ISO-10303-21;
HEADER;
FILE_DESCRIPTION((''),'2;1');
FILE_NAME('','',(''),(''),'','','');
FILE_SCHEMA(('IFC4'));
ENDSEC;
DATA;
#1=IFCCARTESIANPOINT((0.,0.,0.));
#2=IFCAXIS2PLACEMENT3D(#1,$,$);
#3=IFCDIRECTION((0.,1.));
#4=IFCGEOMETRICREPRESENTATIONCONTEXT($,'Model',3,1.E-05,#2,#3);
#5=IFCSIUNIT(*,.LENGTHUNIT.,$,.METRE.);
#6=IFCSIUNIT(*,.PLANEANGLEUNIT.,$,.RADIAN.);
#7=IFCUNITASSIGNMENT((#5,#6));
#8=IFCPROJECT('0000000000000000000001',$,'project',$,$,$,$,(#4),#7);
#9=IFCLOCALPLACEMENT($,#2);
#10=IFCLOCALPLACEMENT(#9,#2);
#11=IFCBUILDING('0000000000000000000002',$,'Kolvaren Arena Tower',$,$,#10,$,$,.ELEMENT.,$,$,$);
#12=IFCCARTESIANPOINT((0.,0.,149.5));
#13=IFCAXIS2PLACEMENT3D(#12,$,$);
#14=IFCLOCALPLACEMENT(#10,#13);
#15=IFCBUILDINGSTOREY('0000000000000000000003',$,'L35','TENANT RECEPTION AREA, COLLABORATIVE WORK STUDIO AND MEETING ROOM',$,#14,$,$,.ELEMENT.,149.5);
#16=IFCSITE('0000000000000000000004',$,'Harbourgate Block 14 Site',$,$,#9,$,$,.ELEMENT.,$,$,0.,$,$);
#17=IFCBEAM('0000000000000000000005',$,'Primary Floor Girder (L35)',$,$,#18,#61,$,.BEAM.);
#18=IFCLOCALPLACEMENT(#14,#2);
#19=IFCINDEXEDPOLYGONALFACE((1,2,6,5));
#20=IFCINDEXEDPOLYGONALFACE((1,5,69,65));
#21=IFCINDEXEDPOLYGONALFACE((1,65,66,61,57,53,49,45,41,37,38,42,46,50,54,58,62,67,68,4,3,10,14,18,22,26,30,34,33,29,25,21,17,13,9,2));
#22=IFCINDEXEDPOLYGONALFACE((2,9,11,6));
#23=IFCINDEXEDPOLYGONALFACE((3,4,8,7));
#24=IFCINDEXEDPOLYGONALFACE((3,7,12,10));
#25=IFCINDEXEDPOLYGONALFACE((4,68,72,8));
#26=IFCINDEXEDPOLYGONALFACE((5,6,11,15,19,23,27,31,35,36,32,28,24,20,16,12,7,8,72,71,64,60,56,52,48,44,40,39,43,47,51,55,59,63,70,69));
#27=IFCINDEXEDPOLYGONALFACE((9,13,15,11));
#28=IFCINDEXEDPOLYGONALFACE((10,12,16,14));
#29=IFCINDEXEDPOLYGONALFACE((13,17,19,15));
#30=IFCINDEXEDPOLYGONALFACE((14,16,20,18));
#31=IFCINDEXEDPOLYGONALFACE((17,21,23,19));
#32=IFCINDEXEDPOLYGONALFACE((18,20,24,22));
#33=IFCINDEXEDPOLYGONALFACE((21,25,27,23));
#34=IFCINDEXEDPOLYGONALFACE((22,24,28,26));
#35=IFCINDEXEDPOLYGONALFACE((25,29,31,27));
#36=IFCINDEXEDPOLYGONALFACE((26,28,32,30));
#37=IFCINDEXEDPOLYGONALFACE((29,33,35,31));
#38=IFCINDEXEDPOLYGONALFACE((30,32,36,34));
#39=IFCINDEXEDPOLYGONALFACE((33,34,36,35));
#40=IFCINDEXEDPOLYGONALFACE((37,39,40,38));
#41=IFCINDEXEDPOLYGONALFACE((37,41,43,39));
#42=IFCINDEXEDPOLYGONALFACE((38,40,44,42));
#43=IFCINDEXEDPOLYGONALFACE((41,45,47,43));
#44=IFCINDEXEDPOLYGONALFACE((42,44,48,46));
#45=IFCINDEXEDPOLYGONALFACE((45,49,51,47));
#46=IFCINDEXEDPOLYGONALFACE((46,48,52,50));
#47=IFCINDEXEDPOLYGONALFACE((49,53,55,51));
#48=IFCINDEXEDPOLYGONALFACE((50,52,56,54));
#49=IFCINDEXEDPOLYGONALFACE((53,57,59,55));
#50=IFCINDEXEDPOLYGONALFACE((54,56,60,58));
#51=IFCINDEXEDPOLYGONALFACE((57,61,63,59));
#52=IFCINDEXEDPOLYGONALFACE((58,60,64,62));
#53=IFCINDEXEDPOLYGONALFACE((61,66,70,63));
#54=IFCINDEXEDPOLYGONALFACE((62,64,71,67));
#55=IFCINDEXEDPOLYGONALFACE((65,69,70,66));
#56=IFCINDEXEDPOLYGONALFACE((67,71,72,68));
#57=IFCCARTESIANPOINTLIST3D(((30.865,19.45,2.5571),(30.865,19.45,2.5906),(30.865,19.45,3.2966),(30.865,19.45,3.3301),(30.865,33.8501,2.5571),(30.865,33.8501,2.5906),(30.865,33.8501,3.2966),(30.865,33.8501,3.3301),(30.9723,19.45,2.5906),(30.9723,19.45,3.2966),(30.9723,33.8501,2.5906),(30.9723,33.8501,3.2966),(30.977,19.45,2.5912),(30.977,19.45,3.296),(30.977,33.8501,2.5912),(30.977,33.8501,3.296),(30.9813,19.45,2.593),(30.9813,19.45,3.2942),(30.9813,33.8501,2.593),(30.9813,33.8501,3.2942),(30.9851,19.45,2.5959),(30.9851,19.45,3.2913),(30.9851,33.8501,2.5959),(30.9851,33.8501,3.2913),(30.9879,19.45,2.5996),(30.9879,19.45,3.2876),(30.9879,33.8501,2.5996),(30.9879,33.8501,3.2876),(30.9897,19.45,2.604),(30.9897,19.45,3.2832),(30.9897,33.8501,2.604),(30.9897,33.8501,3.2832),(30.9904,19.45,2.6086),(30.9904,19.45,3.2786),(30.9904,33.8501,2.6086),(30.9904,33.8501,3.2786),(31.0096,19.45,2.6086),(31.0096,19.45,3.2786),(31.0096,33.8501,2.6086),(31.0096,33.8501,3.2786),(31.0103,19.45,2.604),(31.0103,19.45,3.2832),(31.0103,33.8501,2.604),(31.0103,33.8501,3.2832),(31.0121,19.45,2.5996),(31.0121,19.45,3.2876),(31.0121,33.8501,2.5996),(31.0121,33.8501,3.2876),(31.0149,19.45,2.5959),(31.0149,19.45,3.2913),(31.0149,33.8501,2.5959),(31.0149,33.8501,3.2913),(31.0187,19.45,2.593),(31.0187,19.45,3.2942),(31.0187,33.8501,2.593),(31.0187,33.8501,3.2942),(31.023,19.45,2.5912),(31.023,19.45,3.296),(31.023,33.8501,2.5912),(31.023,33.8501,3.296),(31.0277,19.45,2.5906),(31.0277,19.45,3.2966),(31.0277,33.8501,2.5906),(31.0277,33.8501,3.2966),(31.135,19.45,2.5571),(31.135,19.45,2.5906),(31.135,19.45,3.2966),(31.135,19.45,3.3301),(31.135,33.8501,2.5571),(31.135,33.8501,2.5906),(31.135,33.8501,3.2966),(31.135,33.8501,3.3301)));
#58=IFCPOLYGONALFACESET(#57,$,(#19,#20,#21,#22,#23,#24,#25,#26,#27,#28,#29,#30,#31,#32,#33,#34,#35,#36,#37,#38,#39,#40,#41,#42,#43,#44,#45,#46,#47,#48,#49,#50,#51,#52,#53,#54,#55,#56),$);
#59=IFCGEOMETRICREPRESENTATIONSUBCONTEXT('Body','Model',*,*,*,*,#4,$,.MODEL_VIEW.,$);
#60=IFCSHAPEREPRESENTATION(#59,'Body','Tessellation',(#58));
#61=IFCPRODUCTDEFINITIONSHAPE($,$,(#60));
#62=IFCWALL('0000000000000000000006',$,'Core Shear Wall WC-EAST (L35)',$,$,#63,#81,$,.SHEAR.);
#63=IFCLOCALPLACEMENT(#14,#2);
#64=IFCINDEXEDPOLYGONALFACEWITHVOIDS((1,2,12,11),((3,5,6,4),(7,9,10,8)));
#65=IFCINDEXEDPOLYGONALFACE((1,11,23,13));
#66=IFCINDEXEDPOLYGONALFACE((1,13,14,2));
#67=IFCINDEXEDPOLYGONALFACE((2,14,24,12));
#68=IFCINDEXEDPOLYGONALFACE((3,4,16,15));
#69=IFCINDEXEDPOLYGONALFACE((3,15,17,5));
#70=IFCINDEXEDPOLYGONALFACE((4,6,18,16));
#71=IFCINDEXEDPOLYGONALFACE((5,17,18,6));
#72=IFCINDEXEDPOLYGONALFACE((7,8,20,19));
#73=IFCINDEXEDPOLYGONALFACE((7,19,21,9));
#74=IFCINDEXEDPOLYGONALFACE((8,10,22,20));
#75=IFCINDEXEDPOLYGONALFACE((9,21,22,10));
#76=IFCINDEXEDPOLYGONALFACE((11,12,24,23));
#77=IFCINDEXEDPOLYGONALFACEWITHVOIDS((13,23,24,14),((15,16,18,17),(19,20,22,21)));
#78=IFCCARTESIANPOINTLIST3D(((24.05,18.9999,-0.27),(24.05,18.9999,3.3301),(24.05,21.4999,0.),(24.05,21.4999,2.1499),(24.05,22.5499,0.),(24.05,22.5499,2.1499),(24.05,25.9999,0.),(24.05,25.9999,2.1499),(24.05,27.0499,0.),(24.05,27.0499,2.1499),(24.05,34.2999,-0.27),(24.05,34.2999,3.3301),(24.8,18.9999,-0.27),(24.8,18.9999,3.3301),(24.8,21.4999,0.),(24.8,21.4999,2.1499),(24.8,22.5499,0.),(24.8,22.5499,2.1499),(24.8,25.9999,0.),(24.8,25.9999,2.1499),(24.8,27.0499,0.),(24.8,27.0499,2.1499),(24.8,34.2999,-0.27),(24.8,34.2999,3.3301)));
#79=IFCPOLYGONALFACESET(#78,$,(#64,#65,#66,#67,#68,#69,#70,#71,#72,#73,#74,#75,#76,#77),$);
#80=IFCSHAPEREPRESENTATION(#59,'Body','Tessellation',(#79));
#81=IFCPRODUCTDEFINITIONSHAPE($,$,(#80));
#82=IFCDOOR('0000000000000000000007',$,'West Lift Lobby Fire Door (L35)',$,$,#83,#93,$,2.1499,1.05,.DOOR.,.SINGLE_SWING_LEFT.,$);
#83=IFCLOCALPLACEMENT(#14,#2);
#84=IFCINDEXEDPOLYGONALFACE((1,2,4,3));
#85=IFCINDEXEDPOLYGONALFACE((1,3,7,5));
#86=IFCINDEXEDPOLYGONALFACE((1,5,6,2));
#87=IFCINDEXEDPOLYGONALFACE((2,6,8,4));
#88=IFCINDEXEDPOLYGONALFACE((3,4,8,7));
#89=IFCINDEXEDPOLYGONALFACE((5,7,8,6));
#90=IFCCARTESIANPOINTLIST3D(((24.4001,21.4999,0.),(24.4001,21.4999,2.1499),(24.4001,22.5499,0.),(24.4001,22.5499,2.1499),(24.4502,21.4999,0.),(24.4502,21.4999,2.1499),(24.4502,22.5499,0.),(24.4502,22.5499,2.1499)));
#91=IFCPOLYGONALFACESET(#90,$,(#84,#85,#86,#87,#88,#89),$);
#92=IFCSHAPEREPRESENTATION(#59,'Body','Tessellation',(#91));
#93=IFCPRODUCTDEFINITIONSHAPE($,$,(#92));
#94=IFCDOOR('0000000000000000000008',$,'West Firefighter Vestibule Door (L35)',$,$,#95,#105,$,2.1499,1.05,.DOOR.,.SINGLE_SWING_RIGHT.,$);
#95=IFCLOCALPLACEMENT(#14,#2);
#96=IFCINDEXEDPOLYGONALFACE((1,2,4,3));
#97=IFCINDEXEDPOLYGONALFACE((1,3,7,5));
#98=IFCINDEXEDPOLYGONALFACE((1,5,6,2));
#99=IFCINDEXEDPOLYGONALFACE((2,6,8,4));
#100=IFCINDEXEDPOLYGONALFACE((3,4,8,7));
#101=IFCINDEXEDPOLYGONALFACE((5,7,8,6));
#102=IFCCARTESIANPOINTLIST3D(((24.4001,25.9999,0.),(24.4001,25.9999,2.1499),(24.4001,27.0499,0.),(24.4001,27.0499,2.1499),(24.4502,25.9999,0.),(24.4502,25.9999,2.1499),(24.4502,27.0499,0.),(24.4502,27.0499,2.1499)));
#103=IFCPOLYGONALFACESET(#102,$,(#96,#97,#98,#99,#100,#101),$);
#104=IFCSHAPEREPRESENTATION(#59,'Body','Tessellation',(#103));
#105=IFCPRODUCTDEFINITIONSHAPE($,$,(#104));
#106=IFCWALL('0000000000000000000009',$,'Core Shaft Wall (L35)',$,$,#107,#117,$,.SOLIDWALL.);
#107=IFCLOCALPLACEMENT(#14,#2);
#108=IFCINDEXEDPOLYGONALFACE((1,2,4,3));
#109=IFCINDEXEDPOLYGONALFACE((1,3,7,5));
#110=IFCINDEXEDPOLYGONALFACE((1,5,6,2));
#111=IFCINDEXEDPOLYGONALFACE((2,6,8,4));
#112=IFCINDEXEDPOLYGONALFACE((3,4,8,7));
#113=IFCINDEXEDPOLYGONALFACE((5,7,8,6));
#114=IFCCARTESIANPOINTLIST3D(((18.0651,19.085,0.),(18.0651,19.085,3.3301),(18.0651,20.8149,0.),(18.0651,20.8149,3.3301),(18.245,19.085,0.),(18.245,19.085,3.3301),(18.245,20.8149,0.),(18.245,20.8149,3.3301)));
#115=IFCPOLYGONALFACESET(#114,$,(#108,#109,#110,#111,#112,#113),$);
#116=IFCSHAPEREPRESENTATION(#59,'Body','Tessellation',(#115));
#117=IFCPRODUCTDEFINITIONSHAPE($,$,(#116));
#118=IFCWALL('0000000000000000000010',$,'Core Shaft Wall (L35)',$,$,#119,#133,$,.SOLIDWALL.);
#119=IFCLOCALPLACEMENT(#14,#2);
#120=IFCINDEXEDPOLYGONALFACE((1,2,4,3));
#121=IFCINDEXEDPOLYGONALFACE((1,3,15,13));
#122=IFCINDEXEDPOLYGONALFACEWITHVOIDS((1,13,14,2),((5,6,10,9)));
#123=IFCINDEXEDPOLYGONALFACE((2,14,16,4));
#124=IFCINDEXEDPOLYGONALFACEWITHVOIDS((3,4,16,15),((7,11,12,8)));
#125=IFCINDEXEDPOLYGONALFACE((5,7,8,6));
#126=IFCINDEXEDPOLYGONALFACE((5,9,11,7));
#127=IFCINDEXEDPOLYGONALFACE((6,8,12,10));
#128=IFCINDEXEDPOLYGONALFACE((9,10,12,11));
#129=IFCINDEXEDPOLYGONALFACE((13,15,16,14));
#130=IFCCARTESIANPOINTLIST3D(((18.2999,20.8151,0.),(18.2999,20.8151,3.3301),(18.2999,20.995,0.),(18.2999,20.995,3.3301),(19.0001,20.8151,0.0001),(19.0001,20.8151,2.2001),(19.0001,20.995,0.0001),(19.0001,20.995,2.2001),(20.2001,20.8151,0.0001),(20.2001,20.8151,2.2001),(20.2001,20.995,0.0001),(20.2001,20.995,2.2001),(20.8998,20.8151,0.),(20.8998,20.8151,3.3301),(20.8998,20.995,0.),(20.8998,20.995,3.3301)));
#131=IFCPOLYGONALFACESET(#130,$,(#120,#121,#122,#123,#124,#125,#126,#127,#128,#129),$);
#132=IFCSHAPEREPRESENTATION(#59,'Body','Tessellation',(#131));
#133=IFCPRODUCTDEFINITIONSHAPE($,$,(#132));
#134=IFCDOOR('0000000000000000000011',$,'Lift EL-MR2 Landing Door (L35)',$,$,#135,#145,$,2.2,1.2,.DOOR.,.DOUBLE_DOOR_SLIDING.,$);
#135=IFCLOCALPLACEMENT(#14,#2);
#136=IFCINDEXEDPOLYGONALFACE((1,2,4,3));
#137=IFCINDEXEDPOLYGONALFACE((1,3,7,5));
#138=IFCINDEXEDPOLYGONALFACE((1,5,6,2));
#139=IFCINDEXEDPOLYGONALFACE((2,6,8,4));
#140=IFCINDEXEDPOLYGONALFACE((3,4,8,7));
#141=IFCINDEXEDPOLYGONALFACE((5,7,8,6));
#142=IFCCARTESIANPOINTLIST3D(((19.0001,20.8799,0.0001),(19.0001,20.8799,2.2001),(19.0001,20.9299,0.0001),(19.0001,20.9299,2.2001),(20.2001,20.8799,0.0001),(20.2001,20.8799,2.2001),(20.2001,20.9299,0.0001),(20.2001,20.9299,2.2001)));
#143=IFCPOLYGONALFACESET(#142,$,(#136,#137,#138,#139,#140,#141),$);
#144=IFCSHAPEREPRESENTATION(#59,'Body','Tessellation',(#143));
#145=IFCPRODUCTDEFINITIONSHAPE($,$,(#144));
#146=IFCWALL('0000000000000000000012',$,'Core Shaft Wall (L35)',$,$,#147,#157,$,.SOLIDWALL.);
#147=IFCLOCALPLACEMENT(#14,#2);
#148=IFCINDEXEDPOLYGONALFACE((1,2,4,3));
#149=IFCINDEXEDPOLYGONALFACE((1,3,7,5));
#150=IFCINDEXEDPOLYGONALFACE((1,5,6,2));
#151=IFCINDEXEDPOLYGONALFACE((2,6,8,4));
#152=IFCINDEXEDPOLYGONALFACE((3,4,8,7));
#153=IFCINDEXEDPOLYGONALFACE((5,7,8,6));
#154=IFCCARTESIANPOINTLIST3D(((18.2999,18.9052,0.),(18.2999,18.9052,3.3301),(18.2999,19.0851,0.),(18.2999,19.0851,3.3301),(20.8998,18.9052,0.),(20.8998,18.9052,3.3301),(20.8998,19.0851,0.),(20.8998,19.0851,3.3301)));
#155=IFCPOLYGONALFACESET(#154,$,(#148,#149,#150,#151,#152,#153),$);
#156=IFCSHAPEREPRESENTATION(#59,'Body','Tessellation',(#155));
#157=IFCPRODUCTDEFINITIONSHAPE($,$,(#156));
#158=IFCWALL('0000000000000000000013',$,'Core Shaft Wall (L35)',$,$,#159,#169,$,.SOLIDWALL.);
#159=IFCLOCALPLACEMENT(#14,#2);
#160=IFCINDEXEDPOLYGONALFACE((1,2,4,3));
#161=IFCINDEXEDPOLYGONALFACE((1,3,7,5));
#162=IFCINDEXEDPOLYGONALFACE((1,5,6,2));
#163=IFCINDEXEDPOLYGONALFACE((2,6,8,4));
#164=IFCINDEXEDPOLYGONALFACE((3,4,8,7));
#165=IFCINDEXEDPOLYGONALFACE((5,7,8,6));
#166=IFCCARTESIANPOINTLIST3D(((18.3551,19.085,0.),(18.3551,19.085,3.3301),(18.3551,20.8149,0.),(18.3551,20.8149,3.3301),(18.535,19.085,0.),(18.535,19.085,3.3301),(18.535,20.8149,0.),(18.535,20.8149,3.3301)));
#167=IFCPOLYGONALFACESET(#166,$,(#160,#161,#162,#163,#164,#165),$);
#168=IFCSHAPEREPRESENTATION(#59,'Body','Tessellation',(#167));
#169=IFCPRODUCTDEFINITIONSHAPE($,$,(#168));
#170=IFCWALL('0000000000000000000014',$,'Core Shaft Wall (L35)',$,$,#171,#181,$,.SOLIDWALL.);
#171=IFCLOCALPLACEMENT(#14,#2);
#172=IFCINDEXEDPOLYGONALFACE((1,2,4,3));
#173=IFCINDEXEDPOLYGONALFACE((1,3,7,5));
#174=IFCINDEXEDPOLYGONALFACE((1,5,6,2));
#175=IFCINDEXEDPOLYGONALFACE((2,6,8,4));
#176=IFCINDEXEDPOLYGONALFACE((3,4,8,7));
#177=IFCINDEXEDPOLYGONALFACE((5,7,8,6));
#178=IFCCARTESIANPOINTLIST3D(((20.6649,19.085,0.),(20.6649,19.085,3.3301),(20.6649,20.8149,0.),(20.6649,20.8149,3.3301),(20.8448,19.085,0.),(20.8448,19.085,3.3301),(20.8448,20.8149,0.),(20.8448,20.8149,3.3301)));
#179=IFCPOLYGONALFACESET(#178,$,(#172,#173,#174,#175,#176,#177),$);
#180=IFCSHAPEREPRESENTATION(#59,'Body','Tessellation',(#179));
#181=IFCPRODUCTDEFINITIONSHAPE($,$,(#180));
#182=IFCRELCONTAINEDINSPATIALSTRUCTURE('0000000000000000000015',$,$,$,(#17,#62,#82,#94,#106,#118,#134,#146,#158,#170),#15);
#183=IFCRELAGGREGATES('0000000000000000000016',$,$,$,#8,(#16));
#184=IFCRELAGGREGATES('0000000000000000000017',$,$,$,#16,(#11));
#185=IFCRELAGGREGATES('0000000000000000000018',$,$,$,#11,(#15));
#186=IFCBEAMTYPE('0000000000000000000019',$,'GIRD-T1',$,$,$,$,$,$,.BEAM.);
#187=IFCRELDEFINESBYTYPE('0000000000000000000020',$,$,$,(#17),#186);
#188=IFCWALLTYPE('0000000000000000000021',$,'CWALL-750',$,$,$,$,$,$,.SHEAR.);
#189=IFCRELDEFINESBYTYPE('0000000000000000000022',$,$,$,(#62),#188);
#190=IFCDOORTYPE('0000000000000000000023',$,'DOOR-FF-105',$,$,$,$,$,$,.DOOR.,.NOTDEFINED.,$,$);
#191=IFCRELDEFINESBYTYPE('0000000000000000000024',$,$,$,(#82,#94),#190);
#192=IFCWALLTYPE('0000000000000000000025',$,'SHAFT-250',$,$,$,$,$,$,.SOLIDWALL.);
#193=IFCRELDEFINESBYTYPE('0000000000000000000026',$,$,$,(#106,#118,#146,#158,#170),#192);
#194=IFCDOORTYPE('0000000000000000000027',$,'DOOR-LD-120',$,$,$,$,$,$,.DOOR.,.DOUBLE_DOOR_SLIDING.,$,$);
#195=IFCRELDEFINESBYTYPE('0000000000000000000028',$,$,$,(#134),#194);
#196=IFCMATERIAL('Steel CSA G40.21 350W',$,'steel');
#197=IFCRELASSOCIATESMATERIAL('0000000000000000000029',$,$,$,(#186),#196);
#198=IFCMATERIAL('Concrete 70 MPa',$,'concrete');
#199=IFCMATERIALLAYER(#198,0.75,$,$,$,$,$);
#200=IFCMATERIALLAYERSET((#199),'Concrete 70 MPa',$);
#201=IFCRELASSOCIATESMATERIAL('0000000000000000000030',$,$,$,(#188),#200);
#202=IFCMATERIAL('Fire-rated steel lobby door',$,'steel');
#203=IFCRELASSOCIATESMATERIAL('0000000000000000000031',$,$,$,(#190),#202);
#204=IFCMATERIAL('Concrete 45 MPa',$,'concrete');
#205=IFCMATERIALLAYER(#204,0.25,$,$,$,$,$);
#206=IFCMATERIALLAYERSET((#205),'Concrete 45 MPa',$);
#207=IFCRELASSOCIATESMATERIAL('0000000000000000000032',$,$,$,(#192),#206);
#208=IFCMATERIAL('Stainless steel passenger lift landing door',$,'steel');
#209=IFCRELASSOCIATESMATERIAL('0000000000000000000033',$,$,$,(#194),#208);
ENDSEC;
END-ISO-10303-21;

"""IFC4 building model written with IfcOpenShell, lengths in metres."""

from ifc_helpers import new_model, si_unit, direction, frame, frame_2d, origin, origin_2d, place, context, subcontext, project, spatial, rectangle, i_section, extrude, material, layer, layer_set, material_profile, profile_set, type_object, element, fill, save


model = new_model("IFC4")

# Units and contexts
model_context = context("Model", 3, precision=1e-05, world=origin(), true_north=direction((0.0, 1.0)))
body_context = subcontext(model_context, "Body", "Model", "MODEL_VIEW")
ifc_project = project(units=[si_unit("LENGTHUNIT", "METRE"), si_unit("PLANEANGLEUNIT", "RADIAN")], contexts=[model_context])

# Site, building, storey
site_placement = place(None, origin())
site = spatial("IfcSite", under=ifc_project, at=site_placement, Name="Harbourgate Block 14 Site", CompositionType="ELEMENT", RefElevation=0.0)
building_placement = place(site_placement, origin())
building = spatial("IfcBuilding", under=site, at=building_placement, Name="Kolvaren Arena Tower", CompositionType="ELEMENT")
storey_placement = place(building_placement, frame((0.0, 0.0, 149.5)))
storey = spatial("IfcBuildingStorey", under=building, at=storey_placement, Name="L35", Description="TENANT RECEPTION AREA, COLLABORATIVE WORK STUDIO AND MEETING ROOM", CompositionType="ELEMENT", Elevation=149.5)

# Beam
ifc_material_1 = material(Name="Steel CSA G40.21 350W", Category="steel")
ifc_material_profile_1 = material_profile(ifc_material_1, i_section(OverallWidth=0.27, OverallDepth=0.7729, WebThickness=0.0193, FlangeThickness=0.0334, FilletRadius=0.0181, at=origin_2d()), Name="W760x257")
ifc_profile_set_1 = profile_set([ifc_material_profile_1], Name="Steel CSA G40.21 350W")
beam_type = type_object("IfcBeamType", Name="GIRD-T1", PredefinedType="BEAM", material=ifc_profile_set_1)
beam_1_placement = place(storey_placement, frame((31.0, 19.45, 2.9436), z_axis=(0.0, 1.0, 0.0), x_axis=(-1.0, 0.0, 0.0)))
element("IfcBeam", 1, at=beam_1_placement, inside=storey, type_object=beam_type, Name="Primary Floor Girder (L35)", PredefinedType="BEAM", context=body_context, shape_type="SweptSolid", body=[
    extrude(i_section(OverallWidth=0.27, OverallDepth=0.7729, WebThickness=0.0193, FlangeThickness=0.0334, FilletRadius=0.0181, at=origin_2d()), origin(), (0.0, 0.0, 1.0), 14.4001),
])

# Wall, openings, doors
ifc_material_2 = material(Name="Concrete 70 MPa", Category="concrete")
ifc_layer_1 = layer(ifc_material_2, 0.75)
ifc_layer_set_1 = layer_set([ifc_layer_1], Name="Concrete 70 MPa")
wall_type_1 = type_object("IfcWallType", Name="CWALL-750", PredefinedType="SHEAR", material=ifc_layer_set_1)
wall_1_placement = place(storey_placement, frame((24.425, 19.0, -0.27), z_axis=(0.0, 0.0, 1.0), x_axis=(0.0, 1.0, 0.0)))
wall_1 = element("IfcWall", 2, at=wall_1_placement, inside=storey, type_object=wall_type_1, Name="Core Shear Wall WC-EAST (L35)", PredefinedType="SHEAR", context=body_context, shape_type="SweptSolid", body=[
    extrude(rectangle(XDim=15.3, YDim=0.75, at=frame_2d((7.6499, 0.0))), origin(), (0.0, 0.0, 1.0), 3.6001),
])
opening_1_placement = place(wall_1_placement, frame((2.5, 0.0, 0.27)))
opening_1 = element("IfcOpeningElement", 3, at=opening_1_placement, cuts=wall_1, PredefinedType="OPENING", context=body_context, shape_type="SweptSolid", body=[
    extrude(rectangle(XDim=1.05, YDim=2.1499, at=frame_2d((0.5249, 1.075))), frame((0.0, 0.385, 0.0), z_axis=(0.0, -1.0, 0.0), x_axis=(1.0, 0.0, 0.0)), (0.0, 0.0, 1.0), 0.77),
])
opening_2_placement = place(wall_1_placement, frame((7.0, 0.0, 0.27)))
opening_2 = element("IfcOpeningElement", 4, at=opening_2_placement, cuts=wall_1, PredefinedType="OPENING", context=body_context, shape_type="SweptSolid", body=[
    extrude(rectangle(XDim=1.05, YDim=2.1499, at=frame_2d((0.5249, 1.075))), frame((0.0, 0.385, 0.0), z_axis=(0.0, -1.0, 0.0), x_axis=(1.0, 0.0, 0.0)), (0.0, 0.0, 1.0), 0.77),
])
ifc_material_3 = material(Name="Fire-rated steel lobby door", Category="steel")
door_type_1 = type_object("IfcDoorType", Name="DOOR-FF-105", OperationType="NOTDEFINED", PredefinedType="DOOR", material=ifc_material_3)
door_1_placement = place(opening_1_placement, origin())
door_1 = element("IfcDoor", 5, at=door_1_placement, inside=storey, type_object=door_type_1, Name="West Lift Lobby Fire Door (L35)", OperationType="SINGLE_SWING_LEFT", OverallHeight=2.1499, OverallWidth=1.05, PredefinedType="DOOR", context=body_context, shape_type="SweptSolid", body=[
    extrude(rectangle(XDim=1.05, YDim=2.1499, at=frame_2d((0.5249, 1.075))), frame((0.0, 0.0249, 0.0), z_axis=(0.0, -1.0, 0.0), x_axis=(1.0, 0.0, 0.0)), (0.0, 0.0, 1.0), 0.05),
])
fill(opening_1, door_1)
door_2_placement = place(opening_2_placement, origin())
door_2 = element("IfcDoor", 6, at=door_2_placement, inside=storey, type_object=door_type_1, Name="West Firefighter Vestibule Door (L35)", OperationType="SINGLE_SWING_RIGHT", OverallHeight=2.1499, OverallWidth=1.05, PredefinedType="DOOR", context=body_context, shape_type="SweptSolid", body=[
    extrude(rectangle(XDim=1.05, YDim=2.1499, at=frame_2d((0.5249, 1.075))), frame((0.0, 0.0249, 0.0), z_axis=(0.0, -1.0, 0.0), x_axis=(1.0, 0.0, 0.0)), (0.0, 0.0, 1.0), 0.05),
])
fill(opening_2, door_2)

# Wall
ifc_material_4 = material(Name="Concrete 45 MPa", Category="concrete")
ifc_layer_2 = layer(ifc_material_4, 0.25)
ifc_layer_set_2 = layer_set([ifc_layer_2], Name="Concrete 45 MPa")
wall_type_2 = type_object("IfcWallType", Name="SHAFT-250", PredefinedType="SOLIDWALL", material=ifc_layer_set_2)
wall_2_placement = place(storey_placement, frame((18.155, 19.085, 0.0), z_axis=(0.0, 0.0, 1.0), x_axis=(0.0, 1.0, 0.0)))
element("IfcWall", 7, at=wall_2_placement, inside=storey, type_object=wall_type_2, Name="Core Shaft Wall (L35)", PredefinedType="SOLIDWALL", context=body_context, shape_type="SweptSolid", body=[
    extrude(rectangle(XDim=1.73, YDim=0.1799, at=frame_2d((0.865, 0.0))), origin(), (0.0, 0.0, 1.0), 3.3301),
])

# Wall, opening, door
wall_3_placement = place(storey_placement, frame((18.3, 20.905, 0.0), z_axis=(0.0, 0.0, 1.0), x_axis=(1.0, 0.0, 0.0)))
wall_3 = element("IfcWall", 8, at=wall_3_placement, inside=storey, type_object=wall_type_2, Name="Core Shaft Wall (L35)", PredefinedType="SOLIDWALL", context=body_context, shape_type="SweptSolid", body=[
    extrude(rectangle(XDim=2.5999, YDim=0.1799, at=frame_2d((1.2998, 0.0))), origin(), (0.0, 0.0, 1.0), 3.3301),
])
opening_3_placement = place(wall_3_placement, frame((0.7, 0.0, 0.0)))
opening_3 = element("IfcOpeningElement", 9, at=opening_3_placement, cuts=wall_3, PredefinedType="OPENING", context=body_context, shape_type="SweptSolid", body=[
    extrude(rectangle(XDim=1.2, YDim=2.2, at=frame_2d((0.6001, 1.1001))), frame((0.0, 0.0999, 0.0), z_axis=(0.0, -1.0, 0.0), x_axis=(1.0, 0.0, 0.0)), (0.0, 0.0, 1.0), 0.2),
])
ifc_material_5 = material(Name="Stainless steel passenger lift landing door", Category="steel")
door_type_2 = type_object("IfcDoorType", Name="DOOR-LD-120", OperationType="DOUBLE_DOOR_SLIDING", PredefinedType="DOOR", material=ifc_material_5)
door_3_placement = place(opening_3_placement, origin())
door_3 = element("IfcDoor", 10, at=door_3_placement, inside=storey, type_object=door_type_2, Name="Lift EL-MR2 Landing Door (L35)", OperationType="DOUBLE_DOOR_SLIDING", OverallHeight=2.2, OverallWidth=1.2, PredefinedType="DOOR", context=body_context, shape_type="SweptSolid", body=[
    extrude(rectangle(XDim=1.2, YDim=2.2, at=frame_2d((0.6001, 1.1001))), frame((0.0, 0.0249, 0.0), z_axis=(0.0, -1.0, 0.0), x_axis=(1.0, 0.0, 0.0)), (0.0, 0.0, 1.0), 0.05),
])
fill(opening_3, door_3)

# Walls
wall_4_placement = place(storey_placement, frame((18.3, 18.9951, 0.0), z_axis=(0.0, 0.0, 1.0), x_axis=(1.0, 0.0, 0.0)))
element("IfcWall", 11, at=wall_4_placement, inside=storey, type_object=wall_type_2, Name="Core Shaft Wall (L35)", PredefinedType="SOLIDWALL", context=body_context, shape_type="SweptSolid", body=[
    extrude(rectangle(XDim=2.5999, YDim=0.1799, at=frame_2d((1.2998, 0.0))), origin(), (0.0, 0.0, 1.0), 3.3301),
])
for number, where, z_axis, x_axis, name in (
    (12, (18.4451, 19.085, 0.0), (0.0, 0.0, 1.0), (0.0, 1.0, 0.0), "Core Shaft Wall (L35)"),
    (13, (20.7549, 19.085, 0.0), (0.0, 0.0, 1.0), (0.0, 1.0, 0.0), "Core Shaft Wall (L35)"),
):
    element("IfcWall", number, at=place(storey_placement, frame(where, z_axis=z_axis, x_axis=x_axis)), inside=storey, type_object=wall_type_2, Name=name, PredefinedType="SOLIDWALL", context=body_context, shape_type="SweptSolid", body=[
        extrude(rectangle(XDim=1.73, YDim=0.1799, at=frame_2d((0.865, 0.0))), origin(), (0.0, 0.0, 1.0), 3.3301),
    ])

save(model, "model.ifc")
